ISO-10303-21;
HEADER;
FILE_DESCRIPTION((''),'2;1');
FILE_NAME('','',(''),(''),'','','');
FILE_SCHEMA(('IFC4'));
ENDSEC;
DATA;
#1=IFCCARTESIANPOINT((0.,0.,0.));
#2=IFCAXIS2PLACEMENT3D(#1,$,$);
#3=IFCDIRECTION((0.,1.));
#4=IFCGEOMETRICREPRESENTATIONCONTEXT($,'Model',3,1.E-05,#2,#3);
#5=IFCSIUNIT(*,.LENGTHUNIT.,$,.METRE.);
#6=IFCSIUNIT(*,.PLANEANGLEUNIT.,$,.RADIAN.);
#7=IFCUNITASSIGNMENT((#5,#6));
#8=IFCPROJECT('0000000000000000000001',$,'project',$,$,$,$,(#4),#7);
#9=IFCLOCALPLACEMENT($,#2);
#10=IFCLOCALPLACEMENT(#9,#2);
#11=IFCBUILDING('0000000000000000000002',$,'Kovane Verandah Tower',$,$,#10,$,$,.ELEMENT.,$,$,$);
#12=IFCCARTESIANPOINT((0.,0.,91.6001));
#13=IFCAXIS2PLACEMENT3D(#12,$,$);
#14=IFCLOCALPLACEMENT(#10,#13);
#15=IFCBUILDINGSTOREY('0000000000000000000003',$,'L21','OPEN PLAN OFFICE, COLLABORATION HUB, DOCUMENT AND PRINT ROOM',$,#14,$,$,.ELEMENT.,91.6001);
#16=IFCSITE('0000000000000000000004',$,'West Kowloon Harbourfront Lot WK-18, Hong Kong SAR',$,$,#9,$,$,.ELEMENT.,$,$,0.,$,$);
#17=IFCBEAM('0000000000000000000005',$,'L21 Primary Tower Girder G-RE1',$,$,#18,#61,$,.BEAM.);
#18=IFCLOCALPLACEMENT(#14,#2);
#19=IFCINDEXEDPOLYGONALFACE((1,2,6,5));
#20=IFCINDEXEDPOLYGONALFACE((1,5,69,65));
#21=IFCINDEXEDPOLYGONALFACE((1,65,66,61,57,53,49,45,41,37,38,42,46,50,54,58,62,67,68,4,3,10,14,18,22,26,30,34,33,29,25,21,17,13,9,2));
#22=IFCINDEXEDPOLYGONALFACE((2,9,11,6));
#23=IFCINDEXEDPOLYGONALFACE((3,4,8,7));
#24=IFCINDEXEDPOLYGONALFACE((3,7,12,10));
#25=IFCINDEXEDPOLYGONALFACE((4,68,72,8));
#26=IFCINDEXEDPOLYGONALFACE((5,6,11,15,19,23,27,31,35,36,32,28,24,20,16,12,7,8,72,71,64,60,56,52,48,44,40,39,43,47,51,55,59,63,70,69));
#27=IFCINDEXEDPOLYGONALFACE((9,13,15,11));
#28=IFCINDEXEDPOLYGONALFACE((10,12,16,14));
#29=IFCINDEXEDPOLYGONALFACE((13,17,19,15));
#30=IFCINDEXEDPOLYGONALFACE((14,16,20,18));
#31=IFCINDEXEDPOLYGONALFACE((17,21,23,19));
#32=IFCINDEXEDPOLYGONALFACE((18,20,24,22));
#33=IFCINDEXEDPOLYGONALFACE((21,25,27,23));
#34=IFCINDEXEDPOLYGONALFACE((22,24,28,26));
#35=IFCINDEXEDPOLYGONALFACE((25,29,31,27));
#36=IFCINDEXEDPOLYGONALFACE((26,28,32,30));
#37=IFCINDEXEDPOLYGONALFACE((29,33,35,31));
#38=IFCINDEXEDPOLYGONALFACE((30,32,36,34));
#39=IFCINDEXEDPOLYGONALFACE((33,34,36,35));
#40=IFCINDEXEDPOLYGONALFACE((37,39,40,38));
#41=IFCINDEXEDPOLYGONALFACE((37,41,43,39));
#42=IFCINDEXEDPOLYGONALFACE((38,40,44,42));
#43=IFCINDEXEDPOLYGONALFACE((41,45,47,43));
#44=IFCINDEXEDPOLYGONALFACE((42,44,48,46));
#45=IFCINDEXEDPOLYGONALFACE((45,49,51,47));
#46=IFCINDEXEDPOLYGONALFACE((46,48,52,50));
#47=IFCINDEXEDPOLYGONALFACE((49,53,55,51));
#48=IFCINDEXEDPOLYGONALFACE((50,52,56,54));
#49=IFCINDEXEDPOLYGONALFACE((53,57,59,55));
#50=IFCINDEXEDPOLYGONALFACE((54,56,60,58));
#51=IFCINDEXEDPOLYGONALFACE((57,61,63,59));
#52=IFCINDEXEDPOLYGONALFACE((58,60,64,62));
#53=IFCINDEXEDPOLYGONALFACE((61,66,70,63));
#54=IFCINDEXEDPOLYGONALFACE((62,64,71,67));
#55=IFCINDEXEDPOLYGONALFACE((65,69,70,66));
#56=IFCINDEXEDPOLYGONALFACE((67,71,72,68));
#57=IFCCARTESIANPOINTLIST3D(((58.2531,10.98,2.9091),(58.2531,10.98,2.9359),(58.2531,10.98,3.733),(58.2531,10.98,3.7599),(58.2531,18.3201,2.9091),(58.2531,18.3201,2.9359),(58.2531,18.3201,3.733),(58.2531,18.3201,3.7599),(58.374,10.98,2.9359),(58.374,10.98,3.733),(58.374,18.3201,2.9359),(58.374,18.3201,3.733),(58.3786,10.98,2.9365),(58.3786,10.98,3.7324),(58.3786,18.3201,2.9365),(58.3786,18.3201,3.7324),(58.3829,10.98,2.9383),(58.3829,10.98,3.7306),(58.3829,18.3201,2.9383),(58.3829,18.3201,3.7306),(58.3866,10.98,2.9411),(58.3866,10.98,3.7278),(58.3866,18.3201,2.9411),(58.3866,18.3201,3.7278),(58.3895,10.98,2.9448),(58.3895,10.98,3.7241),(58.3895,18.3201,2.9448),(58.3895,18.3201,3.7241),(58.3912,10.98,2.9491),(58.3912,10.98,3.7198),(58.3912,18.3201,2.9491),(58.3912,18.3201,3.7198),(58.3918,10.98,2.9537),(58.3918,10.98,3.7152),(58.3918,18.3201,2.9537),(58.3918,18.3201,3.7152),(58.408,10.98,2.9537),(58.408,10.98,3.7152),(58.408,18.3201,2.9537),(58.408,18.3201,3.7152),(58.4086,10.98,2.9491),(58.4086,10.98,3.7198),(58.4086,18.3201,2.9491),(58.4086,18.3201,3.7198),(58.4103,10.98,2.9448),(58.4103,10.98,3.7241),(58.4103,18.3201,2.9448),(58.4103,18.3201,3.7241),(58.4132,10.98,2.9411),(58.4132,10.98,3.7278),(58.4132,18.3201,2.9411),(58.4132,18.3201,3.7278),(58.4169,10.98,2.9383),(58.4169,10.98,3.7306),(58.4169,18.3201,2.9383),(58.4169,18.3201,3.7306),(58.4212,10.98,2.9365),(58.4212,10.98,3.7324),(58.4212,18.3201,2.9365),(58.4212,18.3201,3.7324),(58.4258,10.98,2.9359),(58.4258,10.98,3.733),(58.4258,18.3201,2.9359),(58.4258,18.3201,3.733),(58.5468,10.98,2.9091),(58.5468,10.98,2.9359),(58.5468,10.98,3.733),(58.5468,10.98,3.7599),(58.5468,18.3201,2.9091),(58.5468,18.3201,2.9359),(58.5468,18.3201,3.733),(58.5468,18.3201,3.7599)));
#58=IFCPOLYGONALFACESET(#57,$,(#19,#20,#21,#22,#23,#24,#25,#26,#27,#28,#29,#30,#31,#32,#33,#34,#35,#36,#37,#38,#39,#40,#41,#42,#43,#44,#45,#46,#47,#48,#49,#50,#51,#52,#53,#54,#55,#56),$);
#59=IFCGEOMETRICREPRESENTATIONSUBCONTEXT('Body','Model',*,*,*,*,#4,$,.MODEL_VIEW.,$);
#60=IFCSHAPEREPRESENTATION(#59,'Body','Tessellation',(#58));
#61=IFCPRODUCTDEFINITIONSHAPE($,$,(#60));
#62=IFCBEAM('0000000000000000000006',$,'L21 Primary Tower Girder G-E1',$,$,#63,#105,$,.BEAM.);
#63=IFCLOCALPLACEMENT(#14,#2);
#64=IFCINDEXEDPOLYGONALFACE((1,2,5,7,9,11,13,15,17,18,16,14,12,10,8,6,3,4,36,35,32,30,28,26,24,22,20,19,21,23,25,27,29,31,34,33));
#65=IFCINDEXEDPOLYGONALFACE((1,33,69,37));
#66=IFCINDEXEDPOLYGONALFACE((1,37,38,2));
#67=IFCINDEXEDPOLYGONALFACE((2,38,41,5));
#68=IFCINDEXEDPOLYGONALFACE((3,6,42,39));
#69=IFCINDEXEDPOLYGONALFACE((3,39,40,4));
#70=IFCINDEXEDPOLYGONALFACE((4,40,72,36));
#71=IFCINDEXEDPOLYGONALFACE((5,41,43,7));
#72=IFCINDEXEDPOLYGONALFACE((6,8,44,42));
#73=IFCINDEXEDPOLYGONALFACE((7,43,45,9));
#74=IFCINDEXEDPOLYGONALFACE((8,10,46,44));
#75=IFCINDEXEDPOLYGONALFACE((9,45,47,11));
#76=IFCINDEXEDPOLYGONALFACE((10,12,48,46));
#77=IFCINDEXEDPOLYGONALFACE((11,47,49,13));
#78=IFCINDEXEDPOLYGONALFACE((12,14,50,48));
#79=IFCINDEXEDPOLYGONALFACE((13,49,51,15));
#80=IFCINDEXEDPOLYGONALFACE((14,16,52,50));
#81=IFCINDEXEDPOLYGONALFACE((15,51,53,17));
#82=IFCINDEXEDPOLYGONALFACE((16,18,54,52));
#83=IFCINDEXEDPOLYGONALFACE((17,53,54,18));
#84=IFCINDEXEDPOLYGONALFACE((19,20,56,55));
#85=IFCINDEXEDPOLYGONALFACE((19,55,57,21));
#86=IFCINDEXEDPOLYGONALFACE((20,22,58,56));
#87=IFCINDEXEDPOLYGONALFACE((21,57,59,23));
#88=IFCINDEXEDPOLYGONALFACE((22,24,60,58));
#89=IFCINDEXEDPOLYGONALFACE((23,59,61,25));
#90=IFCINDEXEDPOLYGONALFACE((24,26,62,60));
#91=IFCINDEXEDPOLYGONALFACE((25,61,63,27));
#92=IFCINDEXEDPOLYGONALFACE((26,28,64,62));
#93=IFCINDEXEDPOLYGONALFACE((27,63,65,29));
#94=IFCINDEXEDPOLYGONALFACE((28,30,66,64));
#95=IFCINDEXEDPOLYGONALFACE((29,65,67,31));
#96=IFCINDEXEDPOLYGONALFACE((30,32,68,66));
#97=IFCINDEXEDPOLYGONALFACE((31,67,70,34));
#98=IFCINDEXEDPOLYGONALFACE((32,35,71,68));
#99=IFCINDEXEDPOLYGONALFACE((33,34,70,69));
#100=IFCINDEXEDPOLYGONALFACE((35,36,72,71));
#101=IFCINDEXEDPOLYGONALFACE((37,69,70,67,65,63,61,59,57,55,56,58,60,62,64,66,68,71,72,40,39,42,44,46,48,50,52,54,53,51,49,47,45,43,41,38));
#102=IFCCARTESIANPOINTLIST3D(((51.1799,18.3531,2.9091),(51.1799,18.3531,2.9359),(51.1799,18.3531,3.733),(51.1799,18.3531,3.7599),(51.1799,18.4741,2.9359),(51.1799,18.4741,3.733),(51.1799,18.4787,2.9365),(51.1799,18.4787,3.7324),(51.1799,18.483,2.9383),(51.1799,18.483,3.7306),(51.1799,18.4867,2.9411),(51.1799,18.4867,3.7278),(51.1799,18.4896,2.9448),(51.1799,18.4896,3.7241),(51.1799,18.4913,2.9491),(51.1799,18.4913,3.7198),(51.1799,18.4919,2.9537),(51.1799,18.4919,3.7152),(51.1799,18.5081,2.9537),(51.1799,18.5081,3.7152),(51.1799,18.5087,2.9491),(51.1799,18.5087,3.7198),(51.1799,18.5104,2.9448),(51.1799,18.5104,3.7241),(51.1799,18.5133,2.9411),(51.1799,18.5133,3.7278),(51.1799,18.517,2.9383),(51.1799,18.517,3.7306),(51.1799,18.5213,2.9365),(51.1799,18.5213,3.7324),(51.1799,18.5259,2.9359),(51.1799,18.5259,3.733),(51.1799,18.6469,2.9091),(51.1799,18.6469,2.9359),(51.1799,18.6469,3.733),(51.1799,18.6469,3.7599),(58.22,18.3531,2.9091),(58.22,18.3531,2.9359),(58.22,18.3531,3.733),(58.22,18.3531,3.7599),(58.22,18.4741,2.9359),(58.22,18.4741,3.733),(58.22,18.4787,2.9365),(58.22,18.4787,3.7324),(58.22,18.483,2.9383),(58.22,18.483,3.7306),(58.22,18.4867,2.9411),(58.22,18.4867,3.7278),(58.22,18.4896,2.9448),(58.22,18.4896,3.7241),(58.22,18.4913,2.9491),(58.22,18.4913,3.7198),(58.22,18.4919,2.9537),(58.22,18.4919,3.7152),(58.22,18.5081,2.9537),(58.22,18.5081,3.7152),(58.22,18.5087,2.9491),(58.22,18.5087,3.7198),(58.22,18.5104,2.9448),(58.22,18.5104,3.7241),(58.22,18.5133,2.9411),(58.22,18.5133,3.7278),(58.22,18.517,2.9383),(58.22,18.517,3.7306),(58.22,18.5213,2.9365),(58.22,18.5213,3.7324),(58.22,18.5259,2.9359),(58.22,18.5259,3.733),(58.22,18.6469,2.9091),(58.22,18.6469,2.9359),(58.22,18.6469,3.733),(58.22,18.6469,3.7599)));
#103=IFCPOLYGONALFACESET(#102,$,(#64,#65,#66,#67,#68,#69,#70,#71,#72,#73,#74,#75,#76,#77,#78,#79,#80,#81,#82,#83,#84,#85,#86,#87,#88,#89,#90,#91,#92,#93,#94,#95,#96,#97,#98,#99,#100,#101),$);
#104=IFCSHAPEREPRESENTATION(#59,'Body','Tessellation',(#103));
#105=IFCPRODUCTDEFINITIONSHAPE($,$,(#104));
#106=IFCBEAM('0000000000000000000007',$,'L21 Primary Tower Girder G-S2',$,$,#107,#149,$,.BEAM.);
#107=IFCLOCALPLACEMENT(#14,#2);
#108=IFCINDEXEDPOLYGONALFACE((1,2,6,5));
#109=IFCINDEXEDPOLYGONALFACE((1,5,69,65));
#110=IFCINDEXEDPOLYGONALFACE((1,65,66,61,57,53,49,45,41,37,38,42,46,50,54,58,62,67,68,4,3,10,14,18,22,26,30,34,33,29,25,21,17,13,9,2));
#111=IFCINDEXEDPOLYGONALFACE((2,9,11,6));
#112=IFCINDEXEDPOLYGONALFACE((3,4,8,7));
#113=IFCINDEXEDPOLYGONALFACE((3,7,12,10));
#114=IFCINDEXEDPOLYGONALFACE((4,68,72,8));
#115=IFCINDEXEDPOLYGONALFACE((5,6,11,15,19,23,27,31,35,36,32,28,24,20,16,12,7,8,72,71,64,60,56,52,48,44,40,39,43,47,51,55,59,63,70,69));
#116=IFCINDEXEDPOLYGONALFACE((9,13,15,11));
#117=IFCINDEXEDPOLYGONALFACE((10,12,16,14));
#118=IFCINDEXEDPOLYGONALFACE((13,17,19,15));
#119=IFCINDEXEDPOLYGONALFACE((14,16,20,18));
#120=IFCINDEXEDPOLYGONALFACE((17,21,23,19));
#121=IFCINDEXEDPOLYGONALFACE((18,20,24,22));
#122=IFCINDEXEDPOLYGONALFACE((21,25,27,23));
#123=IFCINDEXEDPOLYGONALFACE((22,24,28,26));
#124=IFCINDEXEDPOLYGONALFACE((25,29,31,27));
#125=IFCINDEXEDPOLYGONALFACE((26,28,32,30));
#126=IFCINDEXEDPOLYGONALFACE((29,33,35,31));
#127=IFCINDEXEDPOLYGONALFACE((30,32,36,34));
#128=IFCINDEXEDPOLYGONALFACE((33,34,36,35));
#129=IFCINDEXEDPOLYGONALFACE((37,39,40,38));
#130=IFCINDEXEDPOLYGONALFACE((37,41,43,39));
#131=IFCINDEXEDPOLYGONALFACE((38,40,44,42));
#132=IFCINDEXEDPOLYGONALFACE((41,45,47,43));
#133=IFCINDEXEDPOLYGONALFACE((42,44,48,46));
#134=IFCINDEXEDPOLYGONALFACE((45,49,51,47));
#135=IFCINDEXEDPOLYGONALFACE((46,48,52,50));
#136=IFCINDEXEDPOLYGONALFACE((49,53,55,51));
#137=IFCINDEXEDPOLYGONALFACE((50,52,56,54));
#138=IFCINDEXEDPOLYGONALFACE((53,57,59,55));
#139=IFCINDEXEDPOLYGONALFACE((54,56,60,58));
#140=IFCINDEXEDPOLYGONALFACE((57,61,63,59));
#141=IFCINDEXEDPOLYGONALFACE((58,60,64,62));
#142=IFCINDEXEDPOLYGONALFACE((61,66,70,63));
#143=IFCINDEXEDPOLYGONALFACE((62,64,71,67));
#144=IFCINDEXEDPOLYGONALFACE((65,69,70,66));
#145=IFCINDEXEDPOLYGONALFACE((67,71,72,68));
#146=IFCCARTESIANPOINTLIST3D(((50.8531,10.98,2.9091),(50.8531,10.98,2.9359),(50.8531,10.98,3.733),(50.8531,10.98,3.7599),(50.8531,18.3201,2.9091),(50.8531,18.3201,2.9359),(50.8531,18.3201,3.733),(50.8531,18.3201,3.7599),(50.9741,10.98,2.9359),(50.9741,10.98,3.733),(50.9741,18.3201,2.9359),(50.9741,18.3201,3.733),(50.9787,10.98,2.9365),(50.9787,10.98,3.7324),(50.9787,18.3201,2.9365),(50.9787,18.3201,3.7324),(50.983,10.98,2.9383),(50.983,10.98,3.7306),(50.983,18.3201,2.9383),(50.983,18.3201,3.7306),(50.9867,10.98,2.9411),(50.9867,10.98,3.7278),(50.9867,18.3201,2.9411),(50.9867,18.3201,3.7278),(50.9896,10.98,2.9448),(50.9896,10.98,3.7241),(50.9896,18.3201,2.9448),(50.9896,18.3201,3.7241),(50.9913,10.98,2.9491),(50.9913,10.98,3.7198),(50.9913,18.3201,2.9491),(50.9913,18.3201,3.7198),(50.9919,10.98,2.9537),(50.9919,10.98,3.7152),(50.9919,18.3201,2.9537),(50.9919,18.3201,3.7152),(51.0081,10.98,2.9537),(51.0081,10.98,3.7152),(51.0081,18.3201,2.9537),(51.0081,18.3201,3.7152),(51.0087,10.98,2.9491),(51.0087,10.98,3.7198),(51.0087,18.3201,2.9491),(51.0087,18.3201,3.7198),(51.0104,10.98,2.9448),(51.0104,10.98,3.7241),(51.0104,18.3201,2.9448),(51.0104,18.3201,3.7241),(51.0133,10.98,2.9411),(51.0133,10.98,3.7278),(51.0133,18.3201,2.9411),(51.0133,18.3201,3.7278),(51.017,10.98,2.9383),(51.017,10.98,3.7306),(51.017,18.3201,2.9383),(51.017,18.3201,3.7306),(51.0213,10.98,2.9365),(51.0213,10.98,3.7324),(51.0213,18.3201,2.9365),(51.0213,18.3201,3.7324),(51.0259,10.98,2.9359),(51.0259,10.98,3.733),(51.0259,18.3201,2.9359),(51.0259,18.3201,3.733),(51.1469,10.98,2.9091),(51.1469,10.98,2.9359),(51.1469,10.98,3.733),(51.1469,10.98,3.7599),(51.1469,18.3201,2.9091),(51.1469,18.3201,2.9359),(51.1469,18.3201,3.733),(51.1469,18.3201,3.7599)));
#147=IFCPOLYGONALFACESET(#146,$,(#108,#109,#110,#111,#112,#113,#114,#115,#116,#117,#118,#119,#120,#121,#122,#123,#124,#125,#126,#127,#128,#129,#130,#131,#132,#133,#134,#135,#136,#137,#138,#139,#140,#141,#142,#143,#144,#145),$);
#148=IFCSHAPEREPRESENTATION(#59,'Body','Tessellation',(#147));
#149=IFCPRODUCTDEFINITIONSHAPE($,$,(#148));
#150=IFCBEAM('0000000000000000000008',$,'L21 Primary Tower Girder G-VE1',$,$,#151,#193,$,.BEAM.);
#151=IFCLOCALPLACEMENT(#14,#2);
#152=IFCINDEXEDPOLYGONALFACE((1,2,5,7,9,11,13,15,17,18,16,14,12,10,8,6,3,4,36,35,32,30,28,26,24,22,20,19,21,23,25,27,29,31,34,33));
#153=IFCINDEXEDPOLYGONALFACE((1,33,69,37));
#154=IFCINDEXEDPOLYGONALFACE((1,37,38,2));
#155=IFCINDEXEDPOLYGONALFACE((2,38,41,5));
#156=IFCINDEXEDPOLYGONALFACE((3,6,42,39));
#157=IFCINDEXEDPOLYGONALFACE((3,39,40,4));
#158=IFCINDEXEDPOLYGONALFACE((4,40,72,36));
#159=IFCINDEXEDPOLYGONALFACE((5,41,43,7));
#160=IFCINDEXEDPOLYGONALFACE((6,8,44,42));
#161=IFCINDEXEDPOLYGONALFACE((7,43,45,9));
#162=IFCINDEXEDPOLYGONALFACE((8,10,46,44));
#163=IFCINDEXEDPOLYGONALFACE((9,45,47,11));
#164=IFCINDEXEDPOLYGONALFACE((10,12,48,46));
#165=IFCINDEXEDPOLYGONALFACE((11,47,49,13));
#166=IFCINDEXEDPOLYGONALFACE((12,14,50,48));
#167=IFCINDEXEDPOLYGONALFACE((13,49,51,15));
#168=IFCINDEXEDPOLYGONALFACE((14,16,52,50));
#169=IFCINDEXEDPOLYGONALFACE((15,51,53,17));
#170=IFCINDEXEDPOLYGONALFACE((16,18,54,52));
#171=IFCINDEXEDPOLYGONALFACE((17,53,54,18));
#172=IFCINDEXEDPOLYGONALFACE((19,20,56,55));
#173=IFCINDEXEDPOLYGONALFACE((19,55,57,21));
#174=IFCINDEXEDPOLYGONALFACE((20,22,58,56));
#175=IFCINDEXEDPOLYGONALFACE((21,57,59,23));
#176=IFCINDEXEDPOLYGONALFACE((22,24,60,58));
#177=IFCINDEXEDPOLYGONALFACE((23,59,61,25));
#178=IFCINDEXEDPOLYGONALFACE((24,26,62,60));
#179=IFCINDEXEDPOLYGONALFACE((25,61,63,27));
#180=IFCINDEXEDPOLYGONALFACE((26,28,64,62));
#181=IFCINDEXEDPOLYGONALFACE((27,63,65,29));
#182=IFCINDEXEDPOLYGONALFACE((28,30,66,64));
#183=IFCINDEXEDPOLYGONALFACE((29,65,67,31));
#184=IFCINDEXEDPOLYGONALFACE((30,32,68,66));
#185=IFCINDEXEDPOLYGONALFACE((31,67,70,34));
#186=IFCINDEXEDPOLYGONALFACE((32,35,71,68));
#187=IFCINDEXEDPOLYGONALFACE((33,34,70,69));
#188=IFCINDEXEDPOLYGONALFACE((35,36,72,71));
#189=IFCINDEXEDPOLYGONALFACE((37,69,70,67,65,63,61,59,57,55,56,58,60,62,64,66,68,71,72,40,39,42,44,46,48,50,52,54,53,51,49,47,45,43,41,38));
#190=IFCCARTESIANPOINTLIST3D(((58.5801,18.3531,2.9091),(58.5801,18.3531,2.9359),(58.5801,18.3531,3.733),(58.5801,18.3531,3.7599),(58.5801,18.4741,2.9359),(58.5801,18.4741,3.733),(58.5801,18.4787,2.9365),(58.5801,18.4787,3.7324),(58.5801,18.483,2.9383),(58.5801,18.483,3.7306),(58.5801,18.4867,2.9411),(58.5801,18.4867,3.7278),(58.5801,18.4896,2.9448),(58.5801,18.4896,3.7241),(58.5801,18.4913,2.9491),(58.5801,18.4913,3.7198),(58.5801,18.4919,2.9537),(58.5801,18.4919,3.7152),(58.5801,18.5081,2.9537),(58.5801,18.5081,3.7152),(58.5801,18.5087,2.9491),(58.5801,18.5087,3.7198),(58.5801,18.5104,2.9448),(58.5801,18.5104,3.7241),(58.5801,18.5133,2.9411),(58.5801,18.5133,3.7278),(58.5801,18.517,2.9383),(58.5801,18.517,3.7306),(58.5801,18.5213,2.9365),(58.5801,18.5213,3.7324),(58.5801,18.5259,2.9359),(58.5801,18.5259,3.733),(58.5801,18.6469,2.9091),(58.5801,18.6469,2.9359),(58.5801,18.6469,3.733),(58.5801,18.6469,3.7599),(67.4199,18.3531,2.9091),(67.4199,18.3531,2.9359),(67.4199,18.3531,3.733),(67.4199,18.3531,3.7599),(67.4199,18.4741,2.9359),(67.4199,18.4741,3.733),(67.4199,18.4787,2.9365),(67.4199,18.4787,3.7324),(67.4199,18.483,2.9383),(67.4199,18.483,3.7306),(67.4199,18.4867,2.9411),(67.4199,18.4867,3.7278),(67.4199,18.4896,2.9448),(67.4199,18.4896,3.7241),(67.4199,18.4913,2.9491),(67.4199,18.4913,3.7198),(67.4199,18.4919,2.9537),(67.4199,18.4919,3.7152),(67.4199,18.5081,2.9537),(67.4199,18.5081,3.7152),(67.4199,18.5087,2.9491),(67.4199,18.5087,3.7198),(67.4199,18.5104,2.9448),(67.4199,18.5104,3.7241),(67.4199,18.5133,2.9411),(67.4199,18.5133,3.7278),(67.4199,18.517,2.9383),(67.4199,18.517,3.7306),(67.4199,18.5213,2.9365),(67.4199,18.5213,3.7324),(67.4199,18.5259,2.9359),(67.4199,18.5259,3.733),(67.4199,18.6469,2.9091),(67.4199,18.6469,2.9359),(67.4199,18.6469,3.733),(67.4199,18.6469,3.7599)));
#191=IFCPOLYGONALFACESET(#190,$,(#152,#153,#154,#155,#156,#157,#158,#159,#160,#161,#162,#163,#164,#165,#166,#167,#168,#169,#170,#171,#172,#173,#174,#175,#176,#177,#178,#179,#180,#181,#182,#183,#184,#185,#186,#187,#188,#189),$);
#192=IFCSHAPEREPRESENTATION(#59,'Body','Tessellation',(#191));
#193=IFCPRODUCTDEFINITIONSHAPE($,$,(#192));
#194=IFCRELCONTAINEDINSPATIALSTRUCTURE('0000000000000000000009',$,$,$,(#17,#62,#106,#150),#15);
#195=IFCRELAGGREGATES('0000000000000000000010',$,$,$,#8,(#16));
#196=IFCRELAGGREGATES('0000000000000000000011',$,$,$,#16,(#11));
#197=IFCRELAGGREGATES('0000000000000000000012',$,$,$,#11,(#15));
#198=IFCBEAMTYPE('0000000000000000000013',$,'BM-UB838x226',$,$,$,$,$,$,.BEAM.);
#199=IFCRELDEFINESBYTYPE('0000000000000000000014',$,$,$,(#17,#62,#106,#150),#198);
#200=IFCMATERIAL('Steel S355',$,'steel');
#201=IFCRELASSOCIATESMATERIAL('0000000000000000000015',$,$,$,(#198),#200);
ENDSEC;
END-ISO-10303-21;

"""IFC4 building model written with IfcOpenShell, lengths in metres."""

from ifc_helpers import new_model, si_unit, direction, frame, origin, origin_2d, place, context, subcontext, project, spatial, i_section, extrude, material, material_profile, profile_set, type_object, element, save


model = new_model("IFC4")

# Units and contexts
model_context = context("Model", 3, precision=1e-05, world=origin(), true_north=direction((0.0, 1.0)))
body_context = subcontext(model_context, "Body", "Model", "MODEL_VIEW")
ifc_project = project(units=[si_unit("LENGTHUNIT", "METRE"), si_unit("PLANEANGLEUNIT", "RADIAN")], contexts=[model_context])

# Site, building, storey
site_placement = place(None, origin())
site = spatial("IfcSite", under=ifc_project, at=site_placement, Name="West Kowloon Harbourfront Lot WK-18, Hong Kong SAR", CompositionType="ELEMENT", RefElevation=0.0)
building_placement = place(site_placement, origin())
building = spatial("IfcBuilding", under=site, at=building_placement, Name="Kovane Verandah Tower", CompositionType="ELEMENT")
storey_placement = place(building_placement, frame((0.0, 0.0, 91.6001)))
storey = spatial("IfcBuildingStorey", under=building, at=storey_placement, Name="L21", Description="OPEN PLAN OFFICE, COLLABORATION HUB, DOCUMENT AND PRINT ROOM", CompositionType="ELEMENT", Elevation=91.6001)

# Beams
ifc_material_1 = material(Name="Steel S355", Category="steel")
ifc_material_profile_1 = material_profile(ifc_material_1, i_section(OverallWidth=0.2937, OverallDepth=0.8508, WebThickness=0.0161, FlangeThickness=0.0269, FilletRadius=0.0178, at=origin_2d()), Name="UB838x292x226")
ifc_profile_set_1 = profile_set([ifc_material_profile_1], Name="Steel S355")
beam_type_1 = type_object("IfcBeamType", Name="BM-UB838x226", PredefinedType="BEAM", material=ifc_profile_set_1)
beam_1_placement = place(storey_placement, frame((58.3999, 10.98, 3.3345), z_axis=(0.0, 1.0, 0.0), x_axis=(-1.0, 0.0, 0.0)))
element("IfcBeam", 1, at=beam_1_placement, inside=storey, type_object=beam_type_1, Name="L21 Primary Tower Girder G-RE1", PredefinedType="BEAM", context=body_context, shape_type="SweptSolid", body=[
    extrude(i_section(OverallWidth=0.2937, OverallDepth=0.8508, WebThickness=0.0161, FlangeThickness=0.0269, FilletRadius=0.0178, at=origin_2d()), origin(), (0.0, 0.0, 1.0), 7.3401),
])
beam_2_placement = place(storey_placement, frame((51.1799, 18.5, 3.3345), z_axis=(1.0, 0.0, 0.0), x_axis=(0.0, 1.0, 0.0)))
element("IfcBeam", 2, at=beam_2_placement, inside=storey, type_object=beam_type_1, Name="L21 Primary Tower Girder G-E1", PredefinedType="BEAM", context=body_context, shape_type="SweptSolid", body=[
    extrude(i_section(OverallWidth=0.2937, OverallDepth=0.8508, WebThickness=0.0161, FlangeThickness=0.0269, FilletRadius=0.0178, at=origin_2d()), origin(), (0.0, 0.0, 1.0), 7.04),
])
beam_3_placement = place(storey_placement, frame((51.0, 18.3201, 3.3345), z_axis=(0.0, -1.0, 0.0), x_axis=(1.0, 0.0, 0.0)))
element("IfcBeam", 3, at=beam_3_placement, inside=storey, type_object=beam_type_1, Name="L21 Primary Tower Girder G-S2", PredefinedType="BEAM", context=body_context, shape_type="SweptSolid", body=[
    extrude(i_section(OverallWidth=0.2937, OverallDepth=0.8508, WebThickness=0.0161, FlangeThickness=0.0269, FilletRadius=0.0178, at=origin_2d()), origin(), (0.0, 0.0, 1.0), 7.3401),
])
beam_4_placement = place(storey_placement, frame((58.5801, 18.5, 3.3345), z_axis=(1.0, 0.0, 0.0), x_axis=(0.0, 1.0, 0.0)))
element("IfcBeam", 4, at=beam_4_placement, inside=storey, type_object=beam_type_1, Name="L21 Primary Tower Girder G-VE1", PredefinedType="BEAM", context=body_context, shape_type="SweptSolid", body=[
    extrude(i_section(OverallWidth=0.2937, OverallDepth=0.8508, WebThickness=0.0161, FlangeThickness=0.0269, FilletRadius=0.0178, at=origin_2d()), origin(), (0.0, 0.0, 1.0), 8.8398),
])

save(model, "model.ifc")
